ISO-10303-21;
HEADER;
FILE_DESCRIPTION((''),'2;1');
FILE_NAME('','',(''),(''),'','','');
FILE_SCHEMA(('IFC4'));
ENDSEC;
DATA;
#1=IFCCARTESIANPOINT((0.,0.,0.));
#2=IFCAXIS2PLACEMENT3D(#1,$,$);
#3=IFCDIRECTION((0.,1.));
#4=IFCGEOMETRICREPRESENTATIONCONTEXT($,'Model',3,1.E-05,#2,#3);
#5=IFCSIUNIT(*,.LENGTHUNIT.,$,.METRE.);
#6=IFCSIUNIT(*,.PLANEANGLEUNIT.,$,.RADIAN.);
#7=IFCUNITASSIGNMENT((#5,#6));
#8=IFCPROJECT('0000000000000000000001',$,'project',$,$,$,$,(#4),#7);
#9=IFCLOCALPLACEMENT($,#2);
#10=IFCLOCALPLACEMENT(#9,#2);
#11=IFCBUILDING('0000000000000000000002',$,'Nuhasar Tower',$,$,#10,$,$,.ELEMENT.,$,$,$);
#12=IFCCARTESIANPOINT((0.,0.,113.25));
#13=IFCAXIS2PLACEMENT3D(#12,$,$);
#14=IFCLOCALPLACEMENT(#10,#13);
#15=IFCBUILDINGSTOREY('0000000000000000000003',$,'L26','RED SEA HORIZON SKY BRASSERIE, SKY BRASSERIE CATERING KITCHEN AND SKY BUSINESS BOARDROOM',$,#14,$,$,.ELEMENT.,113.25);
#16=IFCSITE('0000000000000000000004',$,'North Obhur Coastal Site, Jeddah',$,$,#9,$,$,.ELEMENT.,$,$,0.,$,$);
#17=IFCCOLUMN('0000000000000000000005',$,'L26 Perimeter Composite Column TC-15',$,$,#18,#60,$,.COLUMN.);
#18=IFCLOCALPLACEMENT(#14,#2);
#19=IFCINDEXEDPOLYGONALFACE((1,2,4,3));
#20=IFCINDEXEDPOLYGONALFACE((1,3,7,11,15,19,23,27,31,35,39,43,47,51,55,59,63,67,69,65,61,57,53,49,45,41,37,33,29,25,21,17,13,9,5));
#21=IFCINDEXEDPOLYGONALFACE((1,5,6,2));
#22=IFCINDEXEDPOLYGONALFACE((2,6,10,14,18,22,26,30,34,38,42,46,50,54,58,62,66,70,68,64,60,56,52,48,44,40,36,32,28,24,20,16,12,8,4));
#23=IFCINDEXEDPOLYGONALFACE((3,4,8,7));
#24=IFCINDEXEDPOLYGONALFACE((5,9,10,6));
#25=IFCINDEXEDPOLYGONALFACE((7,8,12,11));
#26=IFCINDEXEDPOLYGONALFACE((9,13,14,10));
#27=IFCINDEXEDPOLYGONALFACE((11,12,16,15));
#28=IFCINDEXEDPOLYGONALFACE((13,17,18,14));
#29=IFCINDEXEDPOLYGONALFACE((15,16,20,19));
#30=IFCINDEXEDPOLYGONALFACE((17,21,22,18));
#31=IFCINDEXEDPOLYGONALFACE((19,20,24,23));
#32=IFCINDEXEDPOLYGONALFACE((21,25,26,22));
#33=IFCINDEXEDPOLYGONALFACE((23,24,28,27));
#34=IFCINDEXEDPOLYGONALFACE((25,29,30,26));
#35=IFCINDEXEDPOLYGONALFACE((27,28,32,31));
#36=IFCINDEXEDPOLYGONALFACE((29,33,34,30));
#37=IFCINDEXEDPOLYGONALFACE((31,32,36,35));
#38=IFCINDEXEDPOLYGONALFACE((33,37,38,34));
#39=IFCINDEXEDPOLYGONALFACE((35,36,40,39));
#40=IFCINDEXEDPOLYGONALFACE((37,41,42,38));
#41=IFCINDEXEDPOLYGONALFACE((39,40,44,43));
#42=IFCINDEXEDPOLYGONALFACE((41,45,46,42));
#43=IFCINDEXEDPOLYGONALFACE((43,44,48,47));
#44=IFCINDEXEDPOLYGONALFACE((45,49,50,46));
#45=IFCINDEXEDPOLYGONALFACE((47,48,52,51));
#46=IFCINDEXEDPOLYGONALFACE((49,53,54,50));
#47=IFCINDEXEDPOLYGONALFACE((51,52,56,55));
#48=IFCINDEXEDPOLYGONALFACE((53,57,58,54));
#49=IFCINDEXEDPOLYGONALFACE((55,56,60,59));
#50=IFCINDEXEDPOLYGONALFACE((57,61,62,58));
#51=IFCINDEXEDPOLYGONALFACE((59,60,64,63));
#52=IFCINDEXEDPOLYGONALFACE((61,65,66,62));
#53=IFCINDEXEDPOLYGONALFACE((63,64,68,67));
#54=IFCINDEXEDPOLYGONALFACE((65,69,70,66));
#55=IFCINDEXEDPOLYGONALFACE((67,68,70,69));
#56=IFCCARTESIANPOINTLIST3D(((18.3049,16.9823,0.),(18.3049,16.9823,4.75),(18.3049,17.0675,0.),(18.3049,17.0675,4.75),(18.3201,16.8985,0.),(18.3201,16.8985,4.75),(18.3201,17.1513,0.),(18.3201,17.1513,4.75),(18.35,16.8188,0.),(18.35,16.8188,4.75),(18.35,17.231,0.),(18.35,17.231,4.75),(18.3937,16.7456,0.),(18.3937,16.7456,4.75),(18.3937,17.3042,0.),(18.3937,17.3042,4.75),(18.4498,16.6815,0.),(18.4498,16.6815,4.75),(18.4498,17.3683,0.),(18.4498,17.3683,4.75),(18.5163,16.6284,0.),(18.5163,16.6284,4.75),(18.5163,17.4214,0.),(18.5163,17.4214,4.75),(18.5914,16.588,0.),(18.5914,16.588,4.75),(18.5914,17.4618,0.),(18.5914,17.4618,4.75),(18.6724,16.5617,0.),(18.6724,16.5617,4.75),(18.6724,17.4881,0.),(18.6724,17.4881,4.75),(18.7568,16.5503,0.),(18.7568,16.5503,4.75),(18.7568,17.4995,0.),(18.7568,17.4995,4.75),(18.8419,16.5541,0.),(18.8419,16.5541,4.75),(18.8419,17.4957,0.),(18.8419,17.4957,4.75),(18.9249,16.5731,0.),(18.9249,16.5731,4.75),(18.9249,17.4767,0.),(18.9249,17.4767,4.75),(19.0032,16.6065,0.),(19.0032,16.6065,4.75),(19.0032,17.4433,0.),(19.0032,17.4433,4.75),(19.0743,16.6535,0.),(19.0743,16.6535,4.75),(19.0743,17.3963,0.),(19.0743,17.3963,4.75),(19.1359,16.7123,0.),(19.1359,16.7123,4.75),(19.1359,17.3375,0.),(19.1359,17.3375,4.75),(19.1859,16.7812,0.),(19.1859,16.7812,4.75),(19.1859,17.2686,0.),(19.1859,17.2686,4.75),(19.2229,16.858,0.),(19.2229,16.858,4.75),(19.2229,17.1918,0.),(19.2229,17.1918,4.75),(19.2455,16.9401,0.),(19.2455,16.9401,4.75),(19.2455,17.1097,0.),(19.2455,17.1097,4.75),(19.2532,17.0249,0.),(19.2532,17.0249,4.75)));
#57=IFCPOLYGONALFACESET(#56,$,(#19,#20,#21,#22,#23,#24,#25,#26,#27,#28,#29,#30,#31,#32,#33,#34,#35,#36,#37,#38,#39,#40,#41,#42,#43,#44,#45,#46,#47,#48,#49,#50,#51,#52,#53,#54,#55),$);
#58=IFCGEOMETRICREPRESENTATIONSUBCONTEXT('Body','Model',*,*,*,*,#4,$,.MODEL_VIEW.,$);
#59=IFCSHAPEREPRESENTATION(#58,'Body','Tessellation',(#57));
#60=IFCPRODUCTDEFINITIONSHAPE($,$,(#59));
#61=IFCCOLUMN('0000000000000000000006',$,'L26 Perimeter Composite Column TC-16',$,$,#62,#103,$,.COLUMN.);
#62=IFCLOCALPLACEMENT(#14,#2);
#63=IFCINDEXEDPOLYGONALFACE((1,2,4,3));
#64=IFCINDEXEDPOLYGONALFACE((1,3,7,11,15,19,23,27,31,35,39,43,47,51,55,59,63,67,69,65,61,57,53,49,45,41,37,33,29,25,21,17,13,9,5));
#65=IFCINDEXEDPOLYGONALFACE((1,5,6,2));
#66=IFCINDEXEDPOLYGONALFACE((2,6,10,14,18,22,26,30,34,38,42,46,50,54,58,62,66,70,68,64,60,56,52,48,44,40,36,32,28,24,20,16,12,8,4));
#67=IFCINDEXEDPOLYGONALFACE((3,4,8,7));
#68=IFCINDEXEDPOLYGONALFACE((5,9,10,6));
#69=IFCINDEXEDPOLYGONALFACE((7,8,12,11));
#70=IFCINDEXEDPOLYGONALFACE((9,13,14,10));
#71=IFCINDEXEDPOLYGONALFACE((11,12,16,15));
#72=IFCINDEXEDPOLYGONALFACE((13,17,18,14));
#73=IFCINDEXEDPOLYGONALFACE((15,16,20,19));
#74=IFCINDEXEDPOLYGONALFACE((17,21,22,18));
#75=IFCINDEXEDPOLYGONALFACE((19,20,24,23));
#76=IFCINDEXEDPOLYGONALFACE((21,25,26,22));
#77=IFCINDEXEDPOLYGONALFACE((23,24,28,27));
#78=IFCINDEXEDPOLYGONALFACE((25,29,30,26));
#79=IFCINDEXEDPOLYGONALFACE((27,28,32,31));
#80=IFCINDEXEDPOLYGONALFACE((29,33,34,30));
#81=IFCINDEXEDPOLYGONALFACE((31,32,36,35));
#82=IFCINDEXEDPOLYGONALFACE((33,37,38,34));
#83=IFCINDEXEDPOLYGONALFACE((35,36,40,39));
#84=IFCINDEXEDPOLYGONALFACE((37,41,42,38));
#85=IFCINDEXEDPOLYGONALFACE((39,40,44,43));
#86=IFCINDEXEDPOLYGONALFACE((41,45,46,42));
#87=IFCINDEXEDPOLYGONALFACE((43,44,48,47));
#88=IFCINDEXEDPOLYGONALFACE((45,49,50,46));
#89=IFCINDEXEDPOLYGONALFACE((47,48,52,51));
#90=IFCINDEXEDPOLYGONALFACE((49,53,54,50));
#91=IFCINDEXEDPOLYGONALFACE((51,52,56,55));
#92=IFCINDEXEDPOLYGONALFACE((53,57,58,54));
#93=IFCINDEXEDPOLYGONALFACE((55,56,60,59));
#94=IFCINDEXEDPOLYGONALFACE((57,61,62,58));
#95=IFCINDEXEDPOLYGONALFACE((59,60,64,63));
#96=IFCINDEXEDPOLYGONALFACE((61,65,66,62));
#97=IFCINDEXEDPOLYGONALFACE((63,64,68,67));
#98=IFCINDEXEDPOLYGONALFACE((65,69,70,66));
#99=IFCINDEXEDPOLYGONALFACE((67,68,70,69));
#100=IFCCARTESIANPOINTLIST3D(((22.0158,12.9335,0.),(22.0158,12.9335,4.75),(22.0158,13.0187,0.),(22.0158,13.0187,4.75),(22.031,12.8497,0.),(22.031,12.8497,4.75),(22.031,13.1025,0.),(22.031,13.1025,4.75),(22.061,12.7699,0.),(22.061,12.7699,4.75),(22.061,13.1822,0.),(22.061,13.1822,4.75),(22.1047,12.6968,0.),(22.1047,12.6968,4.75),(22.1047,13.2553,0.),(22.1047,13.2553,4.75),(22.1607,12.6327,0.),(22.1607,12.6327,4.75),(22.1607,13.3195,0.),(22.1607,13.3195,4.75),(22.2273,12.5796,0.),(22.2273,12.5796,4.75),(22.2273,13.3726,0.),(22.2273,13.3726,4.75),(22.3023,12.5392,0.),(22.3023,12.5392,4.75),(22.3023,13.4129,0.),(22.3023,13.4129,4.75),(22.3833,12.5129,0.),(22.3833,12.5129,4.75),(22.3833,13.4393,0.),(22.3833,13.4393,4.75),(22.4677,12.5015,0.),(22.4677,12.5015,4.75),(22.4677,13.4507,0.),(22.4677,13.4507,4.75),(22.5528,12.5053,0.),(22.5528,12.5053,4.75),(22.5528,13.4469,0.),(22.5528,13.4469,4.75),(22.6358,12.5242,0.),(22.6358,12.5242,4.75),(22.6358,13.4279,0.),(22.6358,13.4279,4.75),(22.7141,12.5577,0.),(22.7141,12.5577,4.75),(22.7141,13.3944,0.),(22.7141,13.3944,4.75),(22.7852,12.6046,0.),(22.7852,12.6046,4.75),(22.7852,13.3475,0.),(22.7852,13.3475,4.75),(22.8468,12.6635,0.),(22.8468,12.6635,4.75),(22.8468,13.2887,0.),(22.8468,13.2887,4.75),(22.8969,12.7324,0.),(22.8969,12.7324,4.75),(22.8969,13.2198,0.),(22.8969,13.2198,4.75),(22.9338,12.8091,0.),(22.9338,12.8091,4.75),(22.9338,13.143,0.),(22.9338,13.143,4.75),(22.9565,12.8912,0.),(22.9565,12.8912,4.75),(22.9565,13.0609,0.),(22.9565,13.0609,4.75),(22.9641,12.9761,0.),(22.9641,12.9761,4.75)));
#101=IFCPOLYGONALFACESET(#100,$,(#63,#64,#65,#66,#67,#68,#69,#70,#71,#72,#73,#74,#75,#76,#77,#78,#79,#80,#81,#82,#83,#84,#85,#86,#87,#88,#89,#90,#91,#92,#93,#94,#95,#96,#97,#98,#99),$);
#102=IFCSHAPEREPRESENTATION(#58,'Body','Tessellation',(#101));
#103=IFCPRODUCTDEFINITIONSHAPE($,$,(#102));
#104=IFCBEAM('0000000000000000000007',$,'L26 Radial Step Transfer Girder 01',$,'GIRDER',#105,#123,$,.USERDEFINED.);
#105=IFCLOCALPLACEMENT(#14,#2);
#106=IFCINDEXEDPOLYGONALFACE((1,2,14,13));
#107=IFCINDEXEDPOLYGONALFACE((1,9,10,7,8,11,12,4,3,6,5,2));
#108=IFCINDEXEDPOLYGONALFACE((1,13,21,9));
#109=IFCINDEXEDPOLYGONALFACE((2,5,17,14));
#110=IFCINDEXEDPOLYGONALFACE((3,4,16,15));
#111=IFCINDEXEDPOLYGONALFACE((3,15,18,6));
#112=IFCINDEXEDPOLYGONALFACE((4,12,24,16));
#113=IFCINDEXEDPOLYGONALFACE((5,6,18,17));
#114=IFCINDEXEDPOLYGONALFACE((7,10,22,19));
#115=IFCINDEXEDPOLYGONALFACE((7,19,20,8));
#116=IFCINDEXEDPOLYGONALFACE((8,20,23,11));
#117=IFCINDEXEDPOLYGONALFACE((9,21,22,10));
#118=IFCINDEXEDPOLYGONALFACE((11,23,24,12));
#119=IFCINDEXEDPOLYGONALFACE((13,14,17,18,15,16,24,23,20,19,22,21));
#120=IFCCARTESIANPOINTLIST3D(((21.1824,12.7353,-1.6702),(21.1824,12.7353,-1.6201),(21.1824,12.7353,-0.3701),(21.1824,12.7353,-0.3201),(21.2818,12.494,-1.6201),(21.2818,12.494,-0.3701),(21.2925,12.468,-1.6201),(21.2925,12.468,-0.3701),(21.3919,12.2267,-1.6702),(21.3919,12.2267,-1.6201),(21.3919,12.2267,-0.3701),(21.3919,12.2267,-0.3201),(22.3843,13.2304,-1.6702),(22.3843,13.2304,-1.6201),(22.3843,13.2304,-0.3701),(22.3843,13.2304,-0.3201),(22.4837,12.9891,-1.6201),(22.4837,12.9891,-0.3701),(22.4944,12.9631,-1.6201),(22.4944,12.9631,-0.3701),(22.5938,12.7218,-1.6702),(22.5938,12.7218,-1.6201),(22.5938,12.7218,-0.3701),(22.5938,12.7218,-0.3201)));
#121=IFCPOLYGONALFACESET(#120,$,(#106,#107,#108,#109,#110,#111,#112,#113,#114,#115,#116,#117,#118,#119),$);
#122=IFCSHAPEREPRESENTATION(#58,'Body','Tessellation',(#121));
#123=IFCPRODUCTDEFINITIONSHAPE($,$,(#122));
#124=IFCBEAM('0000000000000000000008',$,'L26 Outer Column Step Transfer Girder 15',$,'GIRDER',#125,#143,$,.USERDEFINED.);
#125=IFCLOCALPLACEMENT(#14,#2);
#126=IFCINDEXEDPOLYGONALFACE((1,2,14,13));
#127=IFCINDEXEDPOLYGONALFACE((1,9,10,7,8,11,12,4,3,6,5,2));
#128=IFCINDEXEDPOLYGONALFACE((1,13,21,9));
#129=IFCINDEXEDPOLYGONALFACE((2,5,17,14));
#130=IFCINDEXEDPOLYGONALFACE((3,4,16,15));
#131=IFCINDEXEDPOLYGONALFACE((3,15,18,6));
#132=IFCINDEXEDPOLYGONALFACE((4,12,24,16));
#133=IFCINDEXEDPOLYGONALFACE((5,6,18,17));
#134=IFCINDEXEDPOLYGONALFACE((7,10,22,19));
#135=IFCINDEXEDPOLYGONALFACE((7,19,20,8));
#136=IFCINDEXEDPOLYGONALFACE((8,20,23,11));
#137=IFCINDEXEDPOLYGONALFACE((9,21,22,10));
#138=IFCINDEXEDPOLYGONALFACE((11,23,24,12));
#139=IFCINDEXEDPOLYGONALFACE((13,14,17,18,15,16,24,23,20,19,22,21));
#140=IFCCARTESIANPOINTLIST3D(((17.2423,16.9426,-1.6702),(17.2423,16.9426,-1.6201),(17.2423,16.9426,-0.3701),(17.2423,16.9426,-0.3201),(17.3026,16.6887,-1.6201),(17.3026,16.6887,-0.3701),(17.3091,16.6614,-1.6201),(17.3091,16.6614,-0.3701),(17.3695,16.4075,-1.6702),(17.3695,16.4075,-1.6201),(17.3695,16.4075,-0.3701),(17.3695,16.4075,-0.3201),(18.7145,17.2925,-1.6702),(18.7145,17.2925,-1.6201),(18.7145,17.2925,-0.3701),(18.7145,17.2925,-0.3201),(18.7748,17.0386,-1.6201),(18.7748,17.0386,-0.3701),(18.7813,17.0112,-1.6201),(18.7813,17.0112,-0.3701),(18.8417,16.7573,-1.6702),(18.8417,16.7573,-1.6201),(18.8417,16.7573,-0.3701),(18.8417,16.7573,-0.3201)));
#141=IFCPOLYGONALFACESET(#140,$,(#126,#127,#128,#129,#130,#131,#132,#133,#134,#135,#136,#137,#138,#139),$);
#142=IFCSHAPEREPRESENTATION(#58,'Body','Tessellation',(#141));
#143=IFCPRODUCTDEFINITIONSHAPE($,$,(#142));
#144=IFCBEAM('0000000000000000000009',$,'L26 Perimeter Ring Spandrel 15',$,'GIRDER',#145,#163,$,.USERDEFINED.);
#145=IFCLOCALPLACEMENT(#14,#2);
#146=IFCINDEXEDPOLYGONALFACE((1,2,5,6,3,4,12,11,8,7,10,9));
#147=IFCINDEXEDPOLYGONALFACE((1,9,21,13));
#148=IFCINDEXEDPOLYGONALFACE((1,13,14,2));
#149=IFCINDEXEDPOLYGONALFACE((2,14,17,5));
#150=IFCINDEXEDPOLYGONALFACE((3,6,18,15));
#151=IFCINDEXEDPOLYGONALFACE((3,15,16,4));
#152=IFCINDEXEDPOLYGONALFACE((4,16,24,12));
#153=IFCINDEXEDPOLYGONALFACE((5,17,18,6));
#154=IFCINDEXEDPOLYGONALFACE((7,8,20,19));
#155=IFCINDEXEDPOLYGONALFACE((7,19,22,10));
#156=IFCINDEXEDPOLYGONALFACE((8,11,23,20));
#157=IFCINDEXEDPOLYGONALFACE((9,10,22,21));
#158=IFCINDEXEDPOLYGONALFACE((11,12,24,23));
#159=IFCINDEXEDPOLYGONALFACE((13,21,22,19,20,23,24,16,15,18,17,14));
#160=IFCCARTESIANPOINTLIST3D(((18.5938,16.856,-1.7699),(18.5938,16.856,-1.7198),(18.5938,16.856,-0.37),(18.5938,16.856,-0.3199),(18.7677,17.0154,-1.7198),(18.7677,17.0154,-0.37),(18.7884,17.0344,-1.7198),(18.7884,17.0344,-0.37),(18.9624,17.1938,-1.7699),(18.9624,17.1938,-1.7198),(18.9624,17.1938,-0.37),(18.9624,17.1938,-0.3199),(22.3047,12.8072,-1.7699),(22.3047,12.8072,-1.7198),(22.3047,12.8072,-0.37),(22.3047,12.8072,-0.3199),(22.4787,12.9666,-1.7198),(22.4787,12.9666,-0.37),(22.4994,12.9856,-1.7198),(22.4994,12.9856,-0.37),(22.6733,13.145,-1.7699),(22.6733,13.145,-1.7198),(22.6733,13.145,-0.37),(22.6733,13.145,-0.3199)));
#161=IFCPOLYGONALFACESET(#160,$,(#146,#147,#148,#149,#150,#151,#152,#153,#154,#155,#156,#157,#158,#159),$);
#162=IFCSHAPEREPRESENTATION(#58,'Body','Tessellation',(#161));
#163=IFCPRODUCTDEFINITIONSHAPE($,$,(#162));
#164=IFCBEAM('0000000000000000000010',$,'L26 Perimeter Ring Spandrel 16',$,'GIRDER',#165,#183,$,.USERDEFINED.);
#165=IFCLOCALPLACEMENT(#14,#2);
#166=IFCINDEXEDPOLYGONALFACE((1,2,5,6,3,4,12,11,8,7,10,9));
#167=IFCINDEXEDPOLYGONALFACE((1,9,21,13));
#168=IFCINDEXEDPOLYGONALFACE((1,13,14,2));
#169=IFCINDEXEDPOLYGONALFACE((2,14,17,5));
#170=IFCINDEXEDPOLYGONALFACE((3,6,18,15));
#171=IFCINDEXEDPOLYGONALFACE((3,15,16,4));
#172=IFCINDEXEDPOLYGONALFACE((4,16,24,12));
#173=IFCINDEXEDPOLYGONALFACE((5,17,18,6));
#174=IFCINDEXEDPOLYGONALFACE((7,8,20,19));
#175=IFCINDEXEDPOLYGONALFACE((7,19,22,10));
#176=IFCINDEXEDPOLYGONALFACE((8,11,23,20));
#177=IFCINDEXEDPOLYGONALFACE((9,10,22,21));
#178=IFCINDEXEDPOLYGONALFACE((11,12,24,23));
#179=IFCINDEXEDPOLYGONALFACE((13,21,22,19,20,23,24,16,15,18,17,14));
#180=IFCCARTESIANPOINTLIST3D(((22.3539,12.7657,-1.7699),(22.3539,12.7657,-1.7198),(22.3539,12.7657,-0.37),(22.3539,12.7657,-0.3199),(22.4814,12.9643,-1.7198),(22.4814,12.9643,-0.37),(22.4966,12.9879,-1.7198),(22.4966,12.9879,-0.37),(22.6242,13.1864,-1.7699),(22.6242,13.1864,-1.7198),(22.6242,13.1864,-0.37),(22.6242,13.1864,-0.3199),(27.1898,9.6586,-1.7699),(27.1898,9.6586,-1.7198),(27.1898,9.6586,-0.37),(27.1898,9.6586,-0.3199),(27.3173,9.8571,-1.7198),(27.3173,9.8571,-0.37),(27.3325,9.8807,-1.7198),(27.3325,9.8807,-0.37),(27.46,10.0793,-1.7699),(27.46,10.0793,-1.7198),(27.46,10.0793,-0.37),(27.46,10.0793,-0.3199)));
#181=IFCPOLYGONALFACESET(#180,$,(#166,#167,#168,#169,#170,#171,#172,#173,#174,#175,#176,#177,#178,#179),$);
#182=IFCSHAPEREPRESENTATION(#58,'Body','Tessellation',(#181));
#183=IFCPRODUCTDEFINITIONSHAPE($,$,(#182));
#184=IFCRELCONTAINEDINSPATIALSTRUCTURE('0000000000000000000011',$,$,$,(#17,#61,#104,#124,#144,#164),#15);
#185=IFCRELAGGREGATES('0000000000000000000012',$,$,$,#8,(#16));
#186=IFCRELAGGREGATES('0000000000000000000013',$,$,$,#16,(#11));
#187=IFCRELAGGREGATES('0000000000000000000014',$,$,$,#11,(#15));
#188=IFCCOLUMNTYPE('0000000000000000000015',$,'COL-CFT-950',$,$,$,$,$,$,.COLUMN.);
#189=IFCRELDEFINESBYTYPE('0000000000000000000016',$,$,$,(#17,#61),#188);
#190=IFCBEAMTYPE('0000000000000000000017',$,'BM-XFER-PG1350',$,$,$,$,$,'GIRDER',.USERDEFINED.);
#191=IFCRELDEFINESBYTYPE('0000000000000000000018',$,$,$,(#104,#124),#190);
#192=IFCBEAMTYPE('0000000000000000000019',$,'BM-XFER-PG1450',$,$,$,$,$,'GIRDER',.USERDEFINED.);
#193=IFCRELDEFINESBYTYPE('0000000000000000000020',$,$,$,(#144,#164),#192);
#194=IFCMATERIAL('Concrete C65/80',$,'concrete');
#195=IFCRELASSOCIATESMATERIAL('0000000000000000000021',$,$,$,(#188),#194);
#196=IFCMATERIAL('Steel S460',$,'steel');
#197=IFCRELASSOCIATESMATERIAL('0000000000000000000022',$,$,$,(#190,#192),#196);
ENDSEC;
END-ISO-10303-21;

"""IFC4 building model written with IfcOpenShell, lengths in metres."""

from ifc_helpers import new_model, si_unit, direction, frame, origin, origin_2d, place, context, subcontext, project, spatial, circle, i_section, extrude, material, material_profile, profile_set, type_object, element, save


model = new_model("IFC4")

# Units and contexts
model_context = context("Model", 3, precision=1e-05, world=origin(), true_north=direction((0.0, 1.0)))
body_context = subcontext(model_context, "Body", "Model", "MODEL_VIEW")
ifc_project = project(units=[si_unit("LENGTHUNIT", "METRE"), si_unit("PLANEANGLEUNIT", "RADIAN")], contexts=[model_context])

# Site, building, storey
site_placement = place(None, origin())
site = spatial("IfcSite", under=ifc_project, at=site_placement, Name="North Obhur Coastal Site, Jeddah", CompositionType="ELEMENT", RefElevation=0.0)
building_placement = place(site_placement, origin())
building = spatial("IfcBuilding", under=site, at=building_placement, Name="Nuhasar Tower", CompositionType="ELEMENT")
storey_placement = place(building_placement, frame((0.0, 0.0, 113.25)))
storey = spatial("IfcBuildingStorey", under=building, at=storey_placement, Name="L26", Description="RED SEA HORIZON SKY BRASSERIE, SKY BRASSERIE CATERING KITCHEN AND SKY BUSINESS BOARDROOM", CompositionType="ELEMENT", Elevation=113.25)

# Columns
ifc_material_1 = material(Name="Concrete C65/80", Category="concrete")
ifc_material_profile_1 = material_profile(ifc_material_1, circle(Radius=0.4751, at=origin_2d()), Name="CFT950")
ifc_profile_set_1 = profile_set([ifc_material_profile_1], Name="Concrete C65/80")
column_type = type_object("IfcColumnType", Name="COL-CFT-950", PredefinedType="COLUMN", material=ifc_profile_set_1)
for number, where, z_axis, x_axis, name in (
    (1, (18.7781, 17.0249, 0.0), (0.0, 0.0, 1.0), (1.0, 0.0, 0.0), "L26 Perimeter Composite Column TC-15"),
    (2, (22.489, 12.9761, 0.0), (0.0, 0.0, 1.0), (1.0, 0.0, 0.0), "L26 Perimeter Composite Column TC-16"),
):
    element("IfcColumn", number, at=place(storey_placement, frame(where, z_axis=z_axis, x_axis=x_axis)), inside=storey, type_object=column_type, Name=name, PredefinedType="COLUMN", context=body_context, shape_type="SweptSolid", body=[
        extrude(circle(Radius=0.4751, at=origin_2d()), origin(), (0.0, 0.0, 1.0), 4.75),
    ])

# Beams
ifc_material_2 = material(Name="Steel S460", Category="steel")
ifc_material_profile_2 = material_profile(ifc_material_2, i_section(OverallWidth=0.55, OverallDepth=1.3501, WebThickness=0.0281, FlangeThickness=0.05, at=origin_2d()), Name="PG1350X550")
ifc_profile_set_2 = profile_set([ifc_material_profile_2], Name="Steel S460")
beam_type_1 = type_object("IfcBeamType", Name="BM-XFER-PG1350", ElementType="GIRDER", PredefinedType="USERDEFINED", material=ifc_profile_set_2)
beam_1_placement = place(storey_placement, frame((22.489, 12.9761, -0.9951), z_axis=(-0.92462, -0.380891, 0.0), x_axis=(0.380891, -0.92462, 0.0)))
element("IfcBeam", 3, at=beam_1_placement, inside=storey, type_object=beam_type_1, Name="L26 Radial Step Transfer Girder 01", ObjectType="GIRDER", PredefinedType="USERDEFINED", context=body_context, shape_type="SweptSolid", body=[
    extrude(i_section(OverallWidth=0.55, OverallDepth=1.3501, WebThickness=0.0281, FlangeThickness=0.05, at=origin_2d()), origin(), (0.0, 0.0, 1.0), 1.2998),
])
beam_2_placement = place(storey_placement, frame((18.7781, 17.0249, -0.9951), z_axis=(-0.972905, -0.231206, 0.0), x_axis=(0.231206, -0.972905, 0.0)))
element("IfcBeam", 4, at=beam_2_placement, inside=storey, type_object=beam_type_1, Name="L26 Outer Column Step Transfer Girder 15", ObjectType="GIRDER", PredefinedType="USERDEFINED", context=body_context, shape_type="SweptSolid", body=[
    extrude(i_section(OverallWidth=0.55, OverallDepth=1.3501, WebThickness=0.0281, FlangeThickness=0.05, at=origin_2d()), origin(), (0.0, 0.0, 1.0), 1.5132),
])
ifc_material_profile_3 = material_profile(ifc_material_2, i_section(OverallWidth=0.5, OverallDepth=1.45, WebThickness=0.0281, FlangeThickness=0.05, at=origin_2d()), Name="PG1450X500")
ifc_profile_set_3 = profile_set([ifc_material_profile_3], Name="Steel S460")
beam_type_2 = type_object("IfcBeamType", Name="BM-XFER-PG1450", ElementType="GIRDER", PredefinedType="USERDEFINED", material=ifc_profile_set_3)
beam_3_placement = place(storey_placement, frame((18.7781, 17.0249, -1.0449), z_axis=(0.675676, -0.737198, 0.0), x_axis=(0.737198, 0.675676, 0.0)))
element("IfcBeam", 5, at=beam_3_placement, inside=storey, type_object=beam_type_2, Name="L26 Perimeter Ring Spandrel 15", ObjectType="GIRDER", PredefinedType="USERDEFINED", context=body_context, shape_type="SweptSolid", body=[
    extrude(i_section(OverallWidth=0.5, OverallDepth=1.45, WebThickness=0.0281, FlangeThickness=0.05, at=origin_2d()), origin(), (0.0, 0.0, 1.0), 5.4922),
])
beam_4_placement = place(storey_placement, frame((22.489, 12.9761, -1.0449), z_axis=(0.841308, -0.540556, 0.0), x_axis=(0.540556, 0.841308, 0.0)))
element("IfcBeam", 6, at=beam_4_placement, inside=storey, type_object=beam_type_2, Name="L26 Perimeter Ring Spandrel 16", ObjectType="GIRDER", PredefinedType="USERDEFINED", context=body_context, shape_type="SweptSolid", body=[
    extrude(i_section(OverallWidth=0.5, OverallDepth=1.45, WebThickness=0.0281, FlangeThickness=0.05, at=origin_2d()), origin(), (0.0, 0.0, 1.0), 5.748),
])

save(model, "model.ifc")
